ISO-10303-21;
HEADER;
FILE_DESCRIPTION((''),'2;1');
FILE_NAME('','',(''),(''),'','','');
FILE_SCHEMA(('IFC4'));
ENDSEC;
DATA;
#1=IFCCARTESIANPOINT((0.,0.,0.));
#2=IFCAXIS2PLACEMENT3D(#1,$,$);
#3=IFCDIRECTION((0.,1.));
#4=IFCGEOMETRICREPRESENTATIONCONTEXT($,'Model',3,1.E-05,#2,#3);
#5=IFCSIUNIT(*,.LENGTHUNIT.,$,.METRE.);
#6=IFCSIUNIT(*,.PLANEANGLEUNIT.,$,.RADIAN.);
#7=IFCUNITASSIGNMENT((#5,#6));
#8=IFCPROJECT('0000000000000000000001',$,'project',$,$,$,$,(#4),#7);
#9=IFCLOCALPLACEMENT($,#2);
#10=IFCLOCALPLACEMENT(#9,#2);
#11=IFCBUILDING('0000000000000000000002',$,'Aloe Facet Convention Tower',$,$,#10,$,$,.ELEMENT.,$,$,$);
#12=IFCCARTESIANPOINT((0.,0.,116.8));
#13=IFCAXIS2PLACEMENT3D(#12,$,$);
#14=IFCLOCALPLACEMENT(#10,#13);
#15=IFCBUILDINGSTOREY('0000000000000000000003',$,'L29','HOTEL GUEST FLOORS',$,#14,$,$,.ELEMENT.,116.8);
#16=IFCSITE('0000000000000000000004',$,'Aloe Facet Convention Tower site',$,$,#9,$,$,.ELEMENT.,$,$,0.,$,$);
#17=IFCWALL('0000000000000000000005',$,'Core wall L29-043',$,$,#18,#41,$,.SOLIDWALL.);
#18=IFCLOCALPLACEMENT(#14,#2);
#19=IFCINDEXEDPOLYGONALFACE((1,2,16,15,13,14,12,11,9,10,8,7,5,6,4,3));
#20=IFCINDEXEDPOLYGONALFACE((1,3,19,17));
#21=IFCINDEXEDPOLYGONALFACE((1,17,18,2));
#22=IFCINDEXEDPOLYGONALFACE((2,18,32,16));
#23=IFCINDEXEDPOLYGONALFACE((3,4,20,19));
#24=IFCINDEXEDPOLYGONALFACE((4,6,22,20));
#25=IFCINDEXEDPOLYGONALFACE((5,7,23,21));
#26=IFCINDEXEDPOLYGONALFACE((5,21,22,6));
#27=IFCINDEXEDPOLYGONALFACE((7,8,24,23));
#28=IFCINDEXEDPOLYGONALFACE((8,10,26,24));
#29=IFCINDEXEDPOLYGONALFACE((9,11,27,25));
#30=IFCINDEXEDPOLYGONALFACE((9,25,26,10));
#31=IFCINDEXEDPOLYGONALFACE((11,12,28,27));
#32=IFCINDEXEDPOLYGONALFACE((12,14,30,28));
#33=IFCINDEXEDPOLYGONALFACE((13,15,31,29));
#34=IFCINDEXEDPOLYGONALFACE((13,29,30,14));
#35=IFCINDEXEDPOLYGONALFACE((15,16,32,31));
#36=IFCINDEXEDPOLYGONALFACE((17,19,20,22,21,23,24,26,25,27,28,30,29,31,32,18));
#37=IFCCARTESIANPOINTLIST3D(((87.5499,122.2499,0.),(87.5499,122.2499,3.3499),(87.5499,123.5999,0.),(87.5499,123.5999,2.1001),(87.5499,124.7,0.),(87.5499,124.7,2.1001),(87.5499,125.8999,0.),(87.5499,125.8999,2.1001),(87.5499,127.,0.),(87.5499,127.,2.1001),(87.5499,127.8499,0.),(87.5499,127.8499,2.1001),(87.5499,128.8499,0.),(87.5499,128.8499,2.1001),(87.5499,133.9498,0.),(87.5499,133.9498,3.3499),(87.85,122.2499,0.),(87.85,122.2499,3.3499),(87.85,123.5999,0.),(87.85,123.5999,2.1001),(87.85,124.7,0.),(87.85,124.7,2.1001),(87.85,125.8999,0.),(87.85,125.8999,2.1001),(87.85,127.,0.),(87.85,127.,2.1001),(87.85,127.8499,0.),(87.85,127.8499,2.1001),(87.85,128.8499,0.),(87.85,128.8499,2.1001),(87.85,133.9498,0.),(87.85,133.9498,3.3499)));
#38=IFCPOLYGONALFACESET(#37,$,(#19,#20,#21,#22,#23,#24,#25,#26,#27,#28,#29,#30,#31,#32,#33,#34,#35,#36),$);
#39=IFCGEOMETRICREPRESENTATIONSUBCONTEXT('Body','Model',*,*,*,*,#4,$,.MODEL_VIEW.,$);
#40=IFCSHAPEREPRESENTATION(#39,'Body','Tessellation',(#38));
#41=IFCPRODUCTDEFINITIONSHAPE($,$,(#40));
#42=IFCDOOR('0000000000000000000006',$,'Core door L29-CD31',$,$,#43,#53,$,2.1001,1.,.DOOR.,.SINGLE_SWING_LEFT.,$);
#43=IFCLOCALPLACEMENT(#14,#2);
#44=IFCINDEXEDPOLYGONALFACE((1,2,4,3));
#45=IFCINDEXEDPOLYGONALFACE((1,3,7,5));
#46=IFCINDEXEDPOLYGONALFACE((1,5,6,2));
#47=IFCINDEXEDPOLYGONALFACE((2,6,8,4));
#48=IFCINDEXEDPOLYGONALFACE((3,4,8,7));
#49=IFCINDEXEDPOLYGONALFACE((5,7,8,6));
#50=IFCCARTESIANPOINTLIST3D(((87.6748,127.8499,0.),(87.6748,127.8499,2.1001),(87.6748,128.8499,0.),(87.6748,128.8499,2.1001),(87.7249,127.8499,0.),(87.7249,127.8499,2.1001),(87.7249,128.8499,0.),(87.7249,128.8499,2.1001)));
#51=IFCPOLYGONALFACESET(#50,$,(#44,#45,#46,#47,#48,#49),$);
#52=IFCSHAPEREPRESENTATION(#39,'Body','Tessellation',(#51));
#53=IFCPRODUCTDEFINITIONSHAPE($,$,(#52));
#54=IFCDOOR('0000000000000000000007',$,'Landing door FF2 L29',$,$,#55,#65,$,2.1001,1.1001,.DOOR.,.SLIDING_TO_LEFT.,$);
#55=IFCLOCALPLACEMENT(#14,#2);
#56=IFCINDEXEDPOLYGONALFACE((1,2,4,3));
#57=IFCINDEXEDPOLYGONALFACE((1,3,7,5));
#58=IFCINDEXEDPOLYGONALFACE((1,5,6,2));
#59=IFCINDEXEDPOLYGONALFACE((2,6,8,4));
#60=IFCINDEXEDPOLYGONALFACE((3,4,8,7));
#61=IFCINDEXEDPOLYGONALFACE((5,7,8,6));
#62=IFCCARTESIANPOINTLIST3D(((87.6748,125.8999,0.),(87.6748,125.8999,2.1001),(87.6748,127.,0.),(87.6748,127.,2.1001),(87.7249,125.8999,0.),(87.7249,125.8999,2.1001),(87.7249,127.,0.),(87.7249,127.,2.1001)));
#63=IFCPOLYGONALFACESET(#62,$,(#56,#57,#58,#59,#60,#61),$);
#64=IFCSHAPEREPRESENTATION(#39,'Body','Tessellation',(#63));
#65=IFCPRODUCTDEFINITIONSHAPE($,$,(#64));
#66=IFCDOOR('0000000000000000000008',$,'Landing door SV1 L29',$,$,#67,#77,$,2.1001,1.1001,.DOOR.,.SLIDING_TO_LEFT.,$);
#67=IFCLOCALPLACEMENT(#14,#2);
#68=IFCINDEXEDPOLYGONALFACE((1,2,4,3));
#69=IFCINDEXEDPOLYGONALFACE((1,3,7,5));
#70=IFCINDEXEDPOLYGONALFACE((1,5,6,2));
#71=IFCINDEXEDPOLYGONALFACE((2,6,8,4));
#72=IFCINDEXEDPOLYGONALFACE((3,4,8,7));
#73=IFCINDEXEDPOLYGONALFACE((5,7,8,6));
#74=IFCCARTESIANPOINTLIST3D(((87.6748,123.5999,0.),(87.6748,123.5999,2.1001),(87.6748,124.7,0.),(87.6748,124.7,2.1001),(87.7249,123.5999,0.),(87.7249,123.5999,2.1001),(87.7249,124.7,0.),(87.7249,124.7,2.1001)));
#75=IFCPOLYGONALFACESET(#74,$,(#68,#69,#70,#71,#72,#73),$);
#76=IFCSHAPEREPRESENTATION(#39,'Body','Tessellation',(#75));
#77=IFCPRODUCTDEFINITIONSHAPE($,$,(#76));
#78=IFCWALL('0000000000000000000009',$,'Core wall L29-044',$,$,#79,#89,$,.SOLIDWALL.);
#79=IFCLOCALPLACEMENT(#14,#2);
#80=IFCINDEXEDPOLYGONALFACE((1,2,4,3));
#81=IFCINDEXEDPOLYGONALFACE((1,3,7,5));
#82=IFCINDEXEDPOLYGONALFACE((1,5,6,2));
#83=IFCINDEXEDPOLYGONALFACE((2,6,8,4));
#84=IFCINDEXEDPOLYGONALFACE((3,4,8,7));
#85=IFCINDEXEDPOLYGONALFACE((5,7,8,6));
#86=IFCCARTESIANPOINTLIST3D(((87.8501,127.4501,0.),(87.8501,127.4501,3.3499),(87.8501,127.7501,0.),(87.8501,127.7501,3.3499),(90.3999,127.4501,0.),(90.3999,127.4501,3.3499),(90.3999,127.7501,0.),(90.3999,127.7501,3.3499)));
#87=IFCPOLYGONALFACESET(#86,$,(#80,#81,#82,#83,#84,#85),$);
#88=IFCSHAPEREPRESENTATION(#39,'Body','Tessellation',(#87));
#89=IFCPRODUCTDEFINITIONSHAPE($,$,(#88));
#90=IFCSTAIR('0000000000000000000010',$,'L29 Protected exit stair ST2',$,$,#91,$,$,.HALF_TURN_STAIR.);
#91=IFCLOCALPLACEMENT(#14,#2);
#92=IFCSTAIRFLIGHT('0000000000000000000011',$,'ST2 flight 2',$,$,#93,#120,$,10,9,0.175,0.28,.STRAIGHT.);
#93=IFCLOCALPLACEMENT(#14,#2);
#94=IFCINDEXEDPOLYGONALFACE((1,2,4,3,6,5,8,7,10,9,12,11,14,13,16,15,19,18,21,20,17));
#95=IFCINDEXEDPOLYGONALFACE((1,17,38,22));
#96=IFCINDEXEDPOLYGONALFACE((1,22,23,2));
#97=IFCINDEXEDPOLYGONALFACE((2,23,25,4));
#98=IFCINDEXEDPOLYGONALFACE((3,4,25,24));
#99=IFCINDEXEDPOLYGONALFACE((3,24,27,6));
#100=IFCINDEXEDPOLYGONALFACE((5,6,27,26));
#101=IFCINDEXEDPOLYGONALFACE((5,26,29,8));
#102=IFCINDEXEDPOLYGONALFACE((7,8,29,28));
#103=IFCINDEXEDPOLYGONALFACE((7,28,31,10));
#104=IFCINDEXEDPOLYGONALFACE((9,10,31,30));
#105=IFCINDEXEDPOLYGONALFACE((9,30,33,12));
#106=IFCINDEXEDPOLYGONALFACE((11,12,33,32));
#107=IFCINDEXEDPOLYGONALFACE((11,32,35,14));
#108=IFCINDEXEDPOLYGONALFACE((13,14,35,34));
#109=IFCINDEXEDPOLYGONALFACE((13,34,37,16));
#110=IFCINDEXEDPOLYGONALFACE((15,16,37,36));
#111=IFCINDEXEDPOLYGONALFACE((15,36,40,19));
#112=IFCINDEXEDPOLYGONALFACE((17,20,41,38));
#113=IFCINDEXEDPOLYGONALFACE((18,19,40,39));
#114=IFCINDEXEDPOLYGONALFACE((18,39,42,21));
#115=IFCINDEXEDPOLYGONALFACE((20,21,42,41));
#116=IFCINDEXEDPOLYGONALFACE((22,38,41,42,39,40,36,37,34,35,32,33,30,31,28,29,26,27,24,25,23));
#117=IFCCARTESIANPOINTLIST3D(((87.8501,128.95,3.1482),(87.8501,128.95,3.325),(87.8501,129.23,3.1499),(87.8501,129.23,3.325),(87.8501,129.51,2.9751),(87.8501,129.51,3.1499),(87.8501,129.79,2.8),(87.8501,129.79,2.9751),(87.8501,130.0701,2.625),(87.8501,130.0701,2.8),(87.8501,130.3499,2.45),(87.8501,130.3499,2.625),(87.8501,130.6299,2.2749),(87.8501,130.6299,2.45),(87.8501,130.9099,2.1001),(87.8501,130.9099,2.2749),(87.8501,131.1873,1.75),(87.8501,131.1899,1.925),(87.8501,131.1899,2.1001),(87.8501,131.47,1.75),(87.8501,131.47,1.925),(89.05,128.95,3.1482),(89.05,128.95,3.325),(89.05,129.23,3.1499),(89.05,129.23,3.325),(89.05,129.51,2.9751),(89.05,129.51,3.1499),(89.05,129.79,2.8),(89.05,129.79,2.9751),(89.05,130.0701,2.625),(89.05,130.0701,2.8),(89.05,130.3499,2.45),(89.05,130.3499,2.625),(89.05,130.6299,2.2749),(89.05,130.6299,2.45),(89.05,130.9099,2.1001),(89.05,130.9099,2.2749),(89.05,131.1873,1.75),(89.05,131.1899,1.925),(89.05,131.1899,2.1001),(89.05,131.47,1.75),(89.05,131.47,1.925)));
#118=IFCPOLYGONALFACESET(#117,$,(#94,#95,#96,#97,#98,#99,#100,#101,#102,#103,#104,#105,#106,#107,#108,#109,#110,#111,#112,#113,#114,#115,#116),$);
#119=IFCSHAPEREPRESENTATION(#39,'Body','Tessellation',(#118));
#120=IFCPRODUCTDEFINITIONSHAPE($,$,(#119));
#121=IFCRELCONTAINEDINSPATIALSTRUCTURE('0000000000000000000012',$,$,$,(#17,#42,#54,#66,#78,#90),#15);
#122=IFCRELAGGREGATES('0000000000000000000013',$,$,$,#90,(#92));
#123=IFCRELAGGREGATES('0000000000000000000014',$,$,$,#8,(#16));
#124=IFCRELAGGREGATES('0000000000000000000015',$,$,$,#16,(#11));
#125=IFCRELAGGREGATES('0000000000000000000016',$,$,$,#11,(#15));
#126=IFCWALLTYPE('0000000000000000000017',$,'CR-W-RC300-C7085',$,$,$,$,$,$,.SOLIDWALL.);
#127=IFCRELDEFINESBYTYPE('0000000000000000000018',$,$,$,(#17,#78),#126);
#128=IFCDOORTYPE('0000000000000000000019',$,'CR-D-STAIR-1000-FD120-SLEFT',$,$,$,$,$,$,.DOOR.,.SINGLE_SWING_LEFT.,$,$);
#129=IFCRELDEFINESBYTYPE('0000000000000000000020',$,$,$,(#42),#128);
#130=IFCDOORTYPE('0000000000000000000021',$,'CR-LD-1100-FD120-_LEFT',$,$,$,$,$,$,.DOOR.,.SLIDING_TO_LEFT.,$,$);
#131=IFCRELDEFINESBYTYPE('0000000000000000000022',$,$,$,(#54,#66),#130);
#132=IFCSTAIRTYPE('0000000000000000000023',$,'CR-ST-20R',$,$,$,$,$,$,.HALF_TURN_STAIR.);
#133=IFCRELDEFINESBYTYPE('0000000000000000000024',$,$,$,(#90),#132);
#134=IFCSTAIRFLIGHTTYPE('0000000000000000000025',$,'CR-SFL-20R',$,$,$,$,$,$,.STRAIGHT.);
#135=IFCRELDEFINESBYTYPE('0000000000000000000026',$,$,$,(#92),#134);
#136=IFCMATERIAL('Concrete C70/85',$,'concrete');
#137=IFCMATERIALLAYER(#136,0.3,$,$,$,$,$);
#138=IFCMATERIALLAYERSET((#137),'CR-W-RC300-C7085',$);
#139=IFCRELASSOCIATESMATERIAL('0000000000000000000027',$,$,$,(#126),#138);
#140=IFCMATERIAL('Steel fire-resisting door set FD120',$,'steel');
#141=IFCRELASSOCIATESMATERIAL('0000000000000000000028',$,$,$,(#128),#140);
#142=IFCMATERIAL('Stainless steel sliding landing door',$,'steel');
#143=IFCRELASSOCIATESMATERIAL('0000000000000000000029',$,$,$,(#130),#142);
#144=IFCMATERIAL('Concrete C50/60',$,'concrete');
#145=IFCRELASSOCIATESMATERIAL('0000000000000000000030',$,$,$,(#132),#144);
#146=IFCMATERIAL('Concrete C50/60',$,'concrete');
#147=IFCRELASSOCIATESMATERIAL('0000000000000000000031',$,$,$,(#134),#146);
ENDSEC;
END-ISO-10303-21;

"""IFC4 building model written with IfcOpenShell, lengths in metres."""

from ifc_helpers import new_model, si_unit, direction, frame, frame_2d, origin, place, context, subcontext, project, spatial, polyline, rectangle, outline, extrude, material, layer, layer_set, type_object, element, fill, aggregate, save


model = new_model("IFC4")

# Units and contexts
model_context = context("Model", 3, precision=1e-05, world=origin(), true_north=direction((0.0, 1.0)))
body_context = subcontext(model_context, "Body", "Model", "MODEL_VIEW")
ifc_project = project(units=[si_unit("LENGTHUNIT", "METRE"), si_unit("PLANEANGLEUNIT", "RADIAN")], contexts=[model_context])

# Site, building, storey
site_placement = place(None, origin())
site = spatial("IfcSite", under=ifc_project, at=site_placement, Name="Aloe Facet Convention Tower site", CompositionType="ELEMENT", RefElevation=0.0)
building_placement = place(site_placement, origin())
building = spatial("IfcBuilding", under=site, at=building_placement, Name="Aloe Facet Convention Tower", CompositionType="ELEMENT")
storey_placement = place(building_placement, frame((0.0, 0.0, 116.8)))
storey = spatial("IfcBuildingStorey", under=building, at=storey_placement, Name="L29", Description="HOTEL GUEST FLOORS", CompositionType="ELEMENT", Elevation=116.8)

# Shared definitions
ifc_material_1 = material(Name="Concrete C70/85", Category="concrete")
ifc_layer_1 = layer(ifc_material_1, 0.3)
ifc_layer_set_1 = layer_set([ifc_layer_1], Name="CR-W-RC300-C7085")
wall_type_1 = type_object("IfcWallType", Name="CR-W-RC300-C7085", PredefinedType="SOLIDWALL", material=ifc_layer_set_1)

# Wall, openings, doors
wall_1_placement = place(storey_placement, frame((87.7, 133.95, 0.0), z_axis=(0.0, 0.0, 1.0), x_axis=(0.0, -1.0, 0.0)))
wall_1 = element("IfcWall", 1, at=wall_1_placement, inside=storey, type_object=wall_type_1, Name="Core wall L29-043", PredefinedType="SOLIDWALL", context=body_context, shape_type="SweptSolid", body=[
    extrude(rectangle(XDim=11.7, YDim=0.3, at=frame_2d((5.8501, 0.0))), origin(), (0.0, 0.0, 1.0), 3.3499),
])
opening_1_placement = place(wall_1_placement, frame((6.95, 0.0, 0.0)))
opening_1 = element("IfcOpeningElement", 2, at=opening_1_placement, cuts=wall_1, PredefinedType="OPENING", context=body_context, shape_type="SweptSolid", body=[
    extrude(rectangle(XDim=1.1001, YDim=2.1001, at=frame_2d((0.55, 1.05))), frame((0.0, 0.1602, 0.0), z_axis=(0.0, -1.0, 0.0), x_axis=(1.0, 0.0, 0.0)), (0.0, 0.0, 1.0), 0.3201),
])
opening_2_placement = place(wall_1_placement, frame((5.1001, 0.0, 0.0)))
opening_2 = element("IfcOpeningElement", 3, at=opening_2_placement, cuts=wall_1, PredefinedType="OPENING", context=body_context, shape_type="SweptSolid", body=[
    extrude(rectangle(XDim=1.0, YDim=2.1001, at=frame_2d((0.5, 1.05))), frame((0.0, 0.1602, 0.0), z_axis=(0.0, -1.0, 0.0), x_axis=(1.0, 0.0, 0.0)), (0.0, 0.0, 1.0), 0.3201),
])
opening_3_placement = place(wall_1_placement, frame((9.25, 0.0, 0.0)))
opening_3 = element("IfcOpeningElement", 4, at=opening_3_placement, cuts=wall_1, PredefinedType="OPENING", context=body_context, shape_type="SweptSolid", body=[
    extrude(rectangle(XDim=1.1001, YDim=2.1001, at=frame_2d((0.55, 1.05))), frame((0.0, 0.1602, 0.0), z_axis=(0.0, -1.0, 0.0), x_axis=(1.0, 0.0, 0.0)), (0.0, 0.0, 1.0), 0.3201),
])
ifc_material_2 = material(Name="Steel fire-resisting door set FD120", Category="steel")
door_type_1 = type_object("IfcDoorType", Name="CR-D-STAIR-1000-FD120-SLEFT", OperationType="SINGLE_SWING_LEFT", PredefinedType="DOOR", material=ifc_material_2)
door_1_placement = place(opening_2_placement, origin())
door_1 = element("IfcDoor", 5, at=door_1_placement, inside=storey, type_object=door_type_1, Name="Core door L29-CD31", OperationType="SINGLE_SWING_LEFT", OverallHeight=2.1001, OverallWidth=1.0, PredefinedType="DOOR", context=body_context, shape_type="SweptSolid", body=[
    extrude(rectangle(XDim=1.0, YDim=2.1001, at=frame_2d((0.5, 1.05))), frame((0.0, 0.0249, 0.0), z_axis=(0.0, -1.0, 0.0), x_axis=(1.0, 0.0, 0.0)), (0.0, 0.0, 1.0), 0.05),
])
fill(opening_2, door_1)
ifc_material_3 = material(Name="Stainless steel sliding landing door", Category="steel")
door_type_2 = type_object("IfcDoorType", Name="CR-LD-1100-FD120-_LEFT", OperationType="SLIDING_TO_LEFT", PredefinedType="DOOR", material=ifc_material_3)
door_2_placement = place(opening_1_placement, origin())
door_2 = element("IfcDoor", 6, at=door_2_placement, inside=storey, type_object=door_type_2, Name="Landing door FF2 L29", OperationType="SLIDING_TO_LEFT", OverallHeight=2.1001, OverallWidth=1.1001, PredefinedType="DOOR", context=body_context, shape_type="SweptSolid", body=[
    extrude(rectangle(XDim=1.1001, YDim=2.1001, at=frame_2d((0.55, 1.05))), frame((0.0, 0.0249, 0.0), z_axis=(0.0, -1.0, 0.0), x_axis=(1.0, 0.0, 0.0)), (0.0, 0.0, 1.0), 0.05),
])
fill(opening_1, door_2)
door_3_placement = place(opening_3_placement, origin())
door_3 = element("IfcDoor", 7, at=door_3_placement, inside=storey, type_object=door_type_2, Name="Landing door SV1 L29", OperationType="SLIDING_TO_LEFT", OverallHeight=2.1001, OverallWidth=1.1001, PredefinedType="DOOR", context=body_context, shape_type="SweptSolid", body=[
    extrude(rectangle(XDim=1.1001, YDim=2.1001, at=frame_2d((0.55, 1.05))), frame((0.0, 0.0249, 0.0), z_axis=(0.0, -1.0, 0.0), x_axis=(1.0, 0.0, 0.0)), (0.0, 0.0, 1.0), 0.05),
])
fill(opening_3, door_3)

# Wall
wall_2_placement = place(storey_placement, frame((87.8501, 127.6001, 0.0), z_axis=(0.0, 0.0, 1.0), x_axis=(1.0, 0.0, 0.0)))
element("IfcWall", 8, at=wall_2_placement, inside=storey, type_object=wall_type_1, Name="Core wall L29-044", PredefinedType="SOLIDWALL", context=body_context, shape_type="SweptSolid", body=[
    extrude(rectangle(XDim=2.5498, YDim=0.3, at=frame_2d((1.2749, 0.0))), origin(), (0.0, 0.0, 1.0), 3.3499),
])

# Stair, stair flight
ifc_material_4 = material(Name="Concrete C50/60", Category="concrete")
stair_type = type_object("IfcStairType", Name="CR-ST-20R", PredefinedType="HALF_TURN_STAIR", material=ifc_material_4)
stair_placement = place(storey_placement, origin())
stair = element("IfcStair", 9, at=stair_placement, inside=storey, type_object=stair_type, Name="L29 Protected exit stair ST2", PredefinedType="HALF_TURN_STAIR")
ifc_material_5 = material(Name="Concrete C50/60", Category="concrete")
stair_flight_type = type_object("IfcStairFlightType", Name="CR-SFL-20R", PredefinedType="STRAIGHT", material=ifc_material_5)
stair_flight_placement = place(storey_placement, frame((88.45, 131.47, 1.75), z_axis=(0.0, 0.0, 1.0), x_axis=(0.0, -1.0, 0.0)))
stair_flight = element("IfcStairFlight", 10, at=stair_flight_placement, type_object=stair_flight_type, Name="ST2 flight 2", NumberOfRisers=10, NumberOfTreads=9, PredefinedType="STRAIGHT", RiserHeight=0.175, TreadLength=0.28, context=body_context, shape_type="SweptSolid", body=[
    extrude(outline(polyline([(0.0, 0.0), (0.0, 0.175), (0.28, 0.175), (0.28, 0.3501), (0.5601, 0.3501), (0.5601, 0.5249), (0.8401, 0.5249), (0.8401, 0.7), (1.1201, 0.7), (1.1201, 0.875), (1.3999, 0.875), (1.3999, 1.05), (1.6799, 1.05), (1.6799, 1.2251), (1.96, 1.2251), (1.96, 1.3999), (2.24, 1.3999), (2.24, 1.575), (2.52, 1.575), (2.52, 1.75), (2.52, 1.3982), (0.2827, 0.0), (0.0, 0.0)])), frame((0.0, 0.6001, 0.0), z_axis=(0.0, -1.0, 0.0), x_axis=(1.0, 0.0, 0.0)), (0.0, 0.0, 1.0), 1.2),
])
aggregate(stair, [stair_flight])

save(model, "model.ifc")
